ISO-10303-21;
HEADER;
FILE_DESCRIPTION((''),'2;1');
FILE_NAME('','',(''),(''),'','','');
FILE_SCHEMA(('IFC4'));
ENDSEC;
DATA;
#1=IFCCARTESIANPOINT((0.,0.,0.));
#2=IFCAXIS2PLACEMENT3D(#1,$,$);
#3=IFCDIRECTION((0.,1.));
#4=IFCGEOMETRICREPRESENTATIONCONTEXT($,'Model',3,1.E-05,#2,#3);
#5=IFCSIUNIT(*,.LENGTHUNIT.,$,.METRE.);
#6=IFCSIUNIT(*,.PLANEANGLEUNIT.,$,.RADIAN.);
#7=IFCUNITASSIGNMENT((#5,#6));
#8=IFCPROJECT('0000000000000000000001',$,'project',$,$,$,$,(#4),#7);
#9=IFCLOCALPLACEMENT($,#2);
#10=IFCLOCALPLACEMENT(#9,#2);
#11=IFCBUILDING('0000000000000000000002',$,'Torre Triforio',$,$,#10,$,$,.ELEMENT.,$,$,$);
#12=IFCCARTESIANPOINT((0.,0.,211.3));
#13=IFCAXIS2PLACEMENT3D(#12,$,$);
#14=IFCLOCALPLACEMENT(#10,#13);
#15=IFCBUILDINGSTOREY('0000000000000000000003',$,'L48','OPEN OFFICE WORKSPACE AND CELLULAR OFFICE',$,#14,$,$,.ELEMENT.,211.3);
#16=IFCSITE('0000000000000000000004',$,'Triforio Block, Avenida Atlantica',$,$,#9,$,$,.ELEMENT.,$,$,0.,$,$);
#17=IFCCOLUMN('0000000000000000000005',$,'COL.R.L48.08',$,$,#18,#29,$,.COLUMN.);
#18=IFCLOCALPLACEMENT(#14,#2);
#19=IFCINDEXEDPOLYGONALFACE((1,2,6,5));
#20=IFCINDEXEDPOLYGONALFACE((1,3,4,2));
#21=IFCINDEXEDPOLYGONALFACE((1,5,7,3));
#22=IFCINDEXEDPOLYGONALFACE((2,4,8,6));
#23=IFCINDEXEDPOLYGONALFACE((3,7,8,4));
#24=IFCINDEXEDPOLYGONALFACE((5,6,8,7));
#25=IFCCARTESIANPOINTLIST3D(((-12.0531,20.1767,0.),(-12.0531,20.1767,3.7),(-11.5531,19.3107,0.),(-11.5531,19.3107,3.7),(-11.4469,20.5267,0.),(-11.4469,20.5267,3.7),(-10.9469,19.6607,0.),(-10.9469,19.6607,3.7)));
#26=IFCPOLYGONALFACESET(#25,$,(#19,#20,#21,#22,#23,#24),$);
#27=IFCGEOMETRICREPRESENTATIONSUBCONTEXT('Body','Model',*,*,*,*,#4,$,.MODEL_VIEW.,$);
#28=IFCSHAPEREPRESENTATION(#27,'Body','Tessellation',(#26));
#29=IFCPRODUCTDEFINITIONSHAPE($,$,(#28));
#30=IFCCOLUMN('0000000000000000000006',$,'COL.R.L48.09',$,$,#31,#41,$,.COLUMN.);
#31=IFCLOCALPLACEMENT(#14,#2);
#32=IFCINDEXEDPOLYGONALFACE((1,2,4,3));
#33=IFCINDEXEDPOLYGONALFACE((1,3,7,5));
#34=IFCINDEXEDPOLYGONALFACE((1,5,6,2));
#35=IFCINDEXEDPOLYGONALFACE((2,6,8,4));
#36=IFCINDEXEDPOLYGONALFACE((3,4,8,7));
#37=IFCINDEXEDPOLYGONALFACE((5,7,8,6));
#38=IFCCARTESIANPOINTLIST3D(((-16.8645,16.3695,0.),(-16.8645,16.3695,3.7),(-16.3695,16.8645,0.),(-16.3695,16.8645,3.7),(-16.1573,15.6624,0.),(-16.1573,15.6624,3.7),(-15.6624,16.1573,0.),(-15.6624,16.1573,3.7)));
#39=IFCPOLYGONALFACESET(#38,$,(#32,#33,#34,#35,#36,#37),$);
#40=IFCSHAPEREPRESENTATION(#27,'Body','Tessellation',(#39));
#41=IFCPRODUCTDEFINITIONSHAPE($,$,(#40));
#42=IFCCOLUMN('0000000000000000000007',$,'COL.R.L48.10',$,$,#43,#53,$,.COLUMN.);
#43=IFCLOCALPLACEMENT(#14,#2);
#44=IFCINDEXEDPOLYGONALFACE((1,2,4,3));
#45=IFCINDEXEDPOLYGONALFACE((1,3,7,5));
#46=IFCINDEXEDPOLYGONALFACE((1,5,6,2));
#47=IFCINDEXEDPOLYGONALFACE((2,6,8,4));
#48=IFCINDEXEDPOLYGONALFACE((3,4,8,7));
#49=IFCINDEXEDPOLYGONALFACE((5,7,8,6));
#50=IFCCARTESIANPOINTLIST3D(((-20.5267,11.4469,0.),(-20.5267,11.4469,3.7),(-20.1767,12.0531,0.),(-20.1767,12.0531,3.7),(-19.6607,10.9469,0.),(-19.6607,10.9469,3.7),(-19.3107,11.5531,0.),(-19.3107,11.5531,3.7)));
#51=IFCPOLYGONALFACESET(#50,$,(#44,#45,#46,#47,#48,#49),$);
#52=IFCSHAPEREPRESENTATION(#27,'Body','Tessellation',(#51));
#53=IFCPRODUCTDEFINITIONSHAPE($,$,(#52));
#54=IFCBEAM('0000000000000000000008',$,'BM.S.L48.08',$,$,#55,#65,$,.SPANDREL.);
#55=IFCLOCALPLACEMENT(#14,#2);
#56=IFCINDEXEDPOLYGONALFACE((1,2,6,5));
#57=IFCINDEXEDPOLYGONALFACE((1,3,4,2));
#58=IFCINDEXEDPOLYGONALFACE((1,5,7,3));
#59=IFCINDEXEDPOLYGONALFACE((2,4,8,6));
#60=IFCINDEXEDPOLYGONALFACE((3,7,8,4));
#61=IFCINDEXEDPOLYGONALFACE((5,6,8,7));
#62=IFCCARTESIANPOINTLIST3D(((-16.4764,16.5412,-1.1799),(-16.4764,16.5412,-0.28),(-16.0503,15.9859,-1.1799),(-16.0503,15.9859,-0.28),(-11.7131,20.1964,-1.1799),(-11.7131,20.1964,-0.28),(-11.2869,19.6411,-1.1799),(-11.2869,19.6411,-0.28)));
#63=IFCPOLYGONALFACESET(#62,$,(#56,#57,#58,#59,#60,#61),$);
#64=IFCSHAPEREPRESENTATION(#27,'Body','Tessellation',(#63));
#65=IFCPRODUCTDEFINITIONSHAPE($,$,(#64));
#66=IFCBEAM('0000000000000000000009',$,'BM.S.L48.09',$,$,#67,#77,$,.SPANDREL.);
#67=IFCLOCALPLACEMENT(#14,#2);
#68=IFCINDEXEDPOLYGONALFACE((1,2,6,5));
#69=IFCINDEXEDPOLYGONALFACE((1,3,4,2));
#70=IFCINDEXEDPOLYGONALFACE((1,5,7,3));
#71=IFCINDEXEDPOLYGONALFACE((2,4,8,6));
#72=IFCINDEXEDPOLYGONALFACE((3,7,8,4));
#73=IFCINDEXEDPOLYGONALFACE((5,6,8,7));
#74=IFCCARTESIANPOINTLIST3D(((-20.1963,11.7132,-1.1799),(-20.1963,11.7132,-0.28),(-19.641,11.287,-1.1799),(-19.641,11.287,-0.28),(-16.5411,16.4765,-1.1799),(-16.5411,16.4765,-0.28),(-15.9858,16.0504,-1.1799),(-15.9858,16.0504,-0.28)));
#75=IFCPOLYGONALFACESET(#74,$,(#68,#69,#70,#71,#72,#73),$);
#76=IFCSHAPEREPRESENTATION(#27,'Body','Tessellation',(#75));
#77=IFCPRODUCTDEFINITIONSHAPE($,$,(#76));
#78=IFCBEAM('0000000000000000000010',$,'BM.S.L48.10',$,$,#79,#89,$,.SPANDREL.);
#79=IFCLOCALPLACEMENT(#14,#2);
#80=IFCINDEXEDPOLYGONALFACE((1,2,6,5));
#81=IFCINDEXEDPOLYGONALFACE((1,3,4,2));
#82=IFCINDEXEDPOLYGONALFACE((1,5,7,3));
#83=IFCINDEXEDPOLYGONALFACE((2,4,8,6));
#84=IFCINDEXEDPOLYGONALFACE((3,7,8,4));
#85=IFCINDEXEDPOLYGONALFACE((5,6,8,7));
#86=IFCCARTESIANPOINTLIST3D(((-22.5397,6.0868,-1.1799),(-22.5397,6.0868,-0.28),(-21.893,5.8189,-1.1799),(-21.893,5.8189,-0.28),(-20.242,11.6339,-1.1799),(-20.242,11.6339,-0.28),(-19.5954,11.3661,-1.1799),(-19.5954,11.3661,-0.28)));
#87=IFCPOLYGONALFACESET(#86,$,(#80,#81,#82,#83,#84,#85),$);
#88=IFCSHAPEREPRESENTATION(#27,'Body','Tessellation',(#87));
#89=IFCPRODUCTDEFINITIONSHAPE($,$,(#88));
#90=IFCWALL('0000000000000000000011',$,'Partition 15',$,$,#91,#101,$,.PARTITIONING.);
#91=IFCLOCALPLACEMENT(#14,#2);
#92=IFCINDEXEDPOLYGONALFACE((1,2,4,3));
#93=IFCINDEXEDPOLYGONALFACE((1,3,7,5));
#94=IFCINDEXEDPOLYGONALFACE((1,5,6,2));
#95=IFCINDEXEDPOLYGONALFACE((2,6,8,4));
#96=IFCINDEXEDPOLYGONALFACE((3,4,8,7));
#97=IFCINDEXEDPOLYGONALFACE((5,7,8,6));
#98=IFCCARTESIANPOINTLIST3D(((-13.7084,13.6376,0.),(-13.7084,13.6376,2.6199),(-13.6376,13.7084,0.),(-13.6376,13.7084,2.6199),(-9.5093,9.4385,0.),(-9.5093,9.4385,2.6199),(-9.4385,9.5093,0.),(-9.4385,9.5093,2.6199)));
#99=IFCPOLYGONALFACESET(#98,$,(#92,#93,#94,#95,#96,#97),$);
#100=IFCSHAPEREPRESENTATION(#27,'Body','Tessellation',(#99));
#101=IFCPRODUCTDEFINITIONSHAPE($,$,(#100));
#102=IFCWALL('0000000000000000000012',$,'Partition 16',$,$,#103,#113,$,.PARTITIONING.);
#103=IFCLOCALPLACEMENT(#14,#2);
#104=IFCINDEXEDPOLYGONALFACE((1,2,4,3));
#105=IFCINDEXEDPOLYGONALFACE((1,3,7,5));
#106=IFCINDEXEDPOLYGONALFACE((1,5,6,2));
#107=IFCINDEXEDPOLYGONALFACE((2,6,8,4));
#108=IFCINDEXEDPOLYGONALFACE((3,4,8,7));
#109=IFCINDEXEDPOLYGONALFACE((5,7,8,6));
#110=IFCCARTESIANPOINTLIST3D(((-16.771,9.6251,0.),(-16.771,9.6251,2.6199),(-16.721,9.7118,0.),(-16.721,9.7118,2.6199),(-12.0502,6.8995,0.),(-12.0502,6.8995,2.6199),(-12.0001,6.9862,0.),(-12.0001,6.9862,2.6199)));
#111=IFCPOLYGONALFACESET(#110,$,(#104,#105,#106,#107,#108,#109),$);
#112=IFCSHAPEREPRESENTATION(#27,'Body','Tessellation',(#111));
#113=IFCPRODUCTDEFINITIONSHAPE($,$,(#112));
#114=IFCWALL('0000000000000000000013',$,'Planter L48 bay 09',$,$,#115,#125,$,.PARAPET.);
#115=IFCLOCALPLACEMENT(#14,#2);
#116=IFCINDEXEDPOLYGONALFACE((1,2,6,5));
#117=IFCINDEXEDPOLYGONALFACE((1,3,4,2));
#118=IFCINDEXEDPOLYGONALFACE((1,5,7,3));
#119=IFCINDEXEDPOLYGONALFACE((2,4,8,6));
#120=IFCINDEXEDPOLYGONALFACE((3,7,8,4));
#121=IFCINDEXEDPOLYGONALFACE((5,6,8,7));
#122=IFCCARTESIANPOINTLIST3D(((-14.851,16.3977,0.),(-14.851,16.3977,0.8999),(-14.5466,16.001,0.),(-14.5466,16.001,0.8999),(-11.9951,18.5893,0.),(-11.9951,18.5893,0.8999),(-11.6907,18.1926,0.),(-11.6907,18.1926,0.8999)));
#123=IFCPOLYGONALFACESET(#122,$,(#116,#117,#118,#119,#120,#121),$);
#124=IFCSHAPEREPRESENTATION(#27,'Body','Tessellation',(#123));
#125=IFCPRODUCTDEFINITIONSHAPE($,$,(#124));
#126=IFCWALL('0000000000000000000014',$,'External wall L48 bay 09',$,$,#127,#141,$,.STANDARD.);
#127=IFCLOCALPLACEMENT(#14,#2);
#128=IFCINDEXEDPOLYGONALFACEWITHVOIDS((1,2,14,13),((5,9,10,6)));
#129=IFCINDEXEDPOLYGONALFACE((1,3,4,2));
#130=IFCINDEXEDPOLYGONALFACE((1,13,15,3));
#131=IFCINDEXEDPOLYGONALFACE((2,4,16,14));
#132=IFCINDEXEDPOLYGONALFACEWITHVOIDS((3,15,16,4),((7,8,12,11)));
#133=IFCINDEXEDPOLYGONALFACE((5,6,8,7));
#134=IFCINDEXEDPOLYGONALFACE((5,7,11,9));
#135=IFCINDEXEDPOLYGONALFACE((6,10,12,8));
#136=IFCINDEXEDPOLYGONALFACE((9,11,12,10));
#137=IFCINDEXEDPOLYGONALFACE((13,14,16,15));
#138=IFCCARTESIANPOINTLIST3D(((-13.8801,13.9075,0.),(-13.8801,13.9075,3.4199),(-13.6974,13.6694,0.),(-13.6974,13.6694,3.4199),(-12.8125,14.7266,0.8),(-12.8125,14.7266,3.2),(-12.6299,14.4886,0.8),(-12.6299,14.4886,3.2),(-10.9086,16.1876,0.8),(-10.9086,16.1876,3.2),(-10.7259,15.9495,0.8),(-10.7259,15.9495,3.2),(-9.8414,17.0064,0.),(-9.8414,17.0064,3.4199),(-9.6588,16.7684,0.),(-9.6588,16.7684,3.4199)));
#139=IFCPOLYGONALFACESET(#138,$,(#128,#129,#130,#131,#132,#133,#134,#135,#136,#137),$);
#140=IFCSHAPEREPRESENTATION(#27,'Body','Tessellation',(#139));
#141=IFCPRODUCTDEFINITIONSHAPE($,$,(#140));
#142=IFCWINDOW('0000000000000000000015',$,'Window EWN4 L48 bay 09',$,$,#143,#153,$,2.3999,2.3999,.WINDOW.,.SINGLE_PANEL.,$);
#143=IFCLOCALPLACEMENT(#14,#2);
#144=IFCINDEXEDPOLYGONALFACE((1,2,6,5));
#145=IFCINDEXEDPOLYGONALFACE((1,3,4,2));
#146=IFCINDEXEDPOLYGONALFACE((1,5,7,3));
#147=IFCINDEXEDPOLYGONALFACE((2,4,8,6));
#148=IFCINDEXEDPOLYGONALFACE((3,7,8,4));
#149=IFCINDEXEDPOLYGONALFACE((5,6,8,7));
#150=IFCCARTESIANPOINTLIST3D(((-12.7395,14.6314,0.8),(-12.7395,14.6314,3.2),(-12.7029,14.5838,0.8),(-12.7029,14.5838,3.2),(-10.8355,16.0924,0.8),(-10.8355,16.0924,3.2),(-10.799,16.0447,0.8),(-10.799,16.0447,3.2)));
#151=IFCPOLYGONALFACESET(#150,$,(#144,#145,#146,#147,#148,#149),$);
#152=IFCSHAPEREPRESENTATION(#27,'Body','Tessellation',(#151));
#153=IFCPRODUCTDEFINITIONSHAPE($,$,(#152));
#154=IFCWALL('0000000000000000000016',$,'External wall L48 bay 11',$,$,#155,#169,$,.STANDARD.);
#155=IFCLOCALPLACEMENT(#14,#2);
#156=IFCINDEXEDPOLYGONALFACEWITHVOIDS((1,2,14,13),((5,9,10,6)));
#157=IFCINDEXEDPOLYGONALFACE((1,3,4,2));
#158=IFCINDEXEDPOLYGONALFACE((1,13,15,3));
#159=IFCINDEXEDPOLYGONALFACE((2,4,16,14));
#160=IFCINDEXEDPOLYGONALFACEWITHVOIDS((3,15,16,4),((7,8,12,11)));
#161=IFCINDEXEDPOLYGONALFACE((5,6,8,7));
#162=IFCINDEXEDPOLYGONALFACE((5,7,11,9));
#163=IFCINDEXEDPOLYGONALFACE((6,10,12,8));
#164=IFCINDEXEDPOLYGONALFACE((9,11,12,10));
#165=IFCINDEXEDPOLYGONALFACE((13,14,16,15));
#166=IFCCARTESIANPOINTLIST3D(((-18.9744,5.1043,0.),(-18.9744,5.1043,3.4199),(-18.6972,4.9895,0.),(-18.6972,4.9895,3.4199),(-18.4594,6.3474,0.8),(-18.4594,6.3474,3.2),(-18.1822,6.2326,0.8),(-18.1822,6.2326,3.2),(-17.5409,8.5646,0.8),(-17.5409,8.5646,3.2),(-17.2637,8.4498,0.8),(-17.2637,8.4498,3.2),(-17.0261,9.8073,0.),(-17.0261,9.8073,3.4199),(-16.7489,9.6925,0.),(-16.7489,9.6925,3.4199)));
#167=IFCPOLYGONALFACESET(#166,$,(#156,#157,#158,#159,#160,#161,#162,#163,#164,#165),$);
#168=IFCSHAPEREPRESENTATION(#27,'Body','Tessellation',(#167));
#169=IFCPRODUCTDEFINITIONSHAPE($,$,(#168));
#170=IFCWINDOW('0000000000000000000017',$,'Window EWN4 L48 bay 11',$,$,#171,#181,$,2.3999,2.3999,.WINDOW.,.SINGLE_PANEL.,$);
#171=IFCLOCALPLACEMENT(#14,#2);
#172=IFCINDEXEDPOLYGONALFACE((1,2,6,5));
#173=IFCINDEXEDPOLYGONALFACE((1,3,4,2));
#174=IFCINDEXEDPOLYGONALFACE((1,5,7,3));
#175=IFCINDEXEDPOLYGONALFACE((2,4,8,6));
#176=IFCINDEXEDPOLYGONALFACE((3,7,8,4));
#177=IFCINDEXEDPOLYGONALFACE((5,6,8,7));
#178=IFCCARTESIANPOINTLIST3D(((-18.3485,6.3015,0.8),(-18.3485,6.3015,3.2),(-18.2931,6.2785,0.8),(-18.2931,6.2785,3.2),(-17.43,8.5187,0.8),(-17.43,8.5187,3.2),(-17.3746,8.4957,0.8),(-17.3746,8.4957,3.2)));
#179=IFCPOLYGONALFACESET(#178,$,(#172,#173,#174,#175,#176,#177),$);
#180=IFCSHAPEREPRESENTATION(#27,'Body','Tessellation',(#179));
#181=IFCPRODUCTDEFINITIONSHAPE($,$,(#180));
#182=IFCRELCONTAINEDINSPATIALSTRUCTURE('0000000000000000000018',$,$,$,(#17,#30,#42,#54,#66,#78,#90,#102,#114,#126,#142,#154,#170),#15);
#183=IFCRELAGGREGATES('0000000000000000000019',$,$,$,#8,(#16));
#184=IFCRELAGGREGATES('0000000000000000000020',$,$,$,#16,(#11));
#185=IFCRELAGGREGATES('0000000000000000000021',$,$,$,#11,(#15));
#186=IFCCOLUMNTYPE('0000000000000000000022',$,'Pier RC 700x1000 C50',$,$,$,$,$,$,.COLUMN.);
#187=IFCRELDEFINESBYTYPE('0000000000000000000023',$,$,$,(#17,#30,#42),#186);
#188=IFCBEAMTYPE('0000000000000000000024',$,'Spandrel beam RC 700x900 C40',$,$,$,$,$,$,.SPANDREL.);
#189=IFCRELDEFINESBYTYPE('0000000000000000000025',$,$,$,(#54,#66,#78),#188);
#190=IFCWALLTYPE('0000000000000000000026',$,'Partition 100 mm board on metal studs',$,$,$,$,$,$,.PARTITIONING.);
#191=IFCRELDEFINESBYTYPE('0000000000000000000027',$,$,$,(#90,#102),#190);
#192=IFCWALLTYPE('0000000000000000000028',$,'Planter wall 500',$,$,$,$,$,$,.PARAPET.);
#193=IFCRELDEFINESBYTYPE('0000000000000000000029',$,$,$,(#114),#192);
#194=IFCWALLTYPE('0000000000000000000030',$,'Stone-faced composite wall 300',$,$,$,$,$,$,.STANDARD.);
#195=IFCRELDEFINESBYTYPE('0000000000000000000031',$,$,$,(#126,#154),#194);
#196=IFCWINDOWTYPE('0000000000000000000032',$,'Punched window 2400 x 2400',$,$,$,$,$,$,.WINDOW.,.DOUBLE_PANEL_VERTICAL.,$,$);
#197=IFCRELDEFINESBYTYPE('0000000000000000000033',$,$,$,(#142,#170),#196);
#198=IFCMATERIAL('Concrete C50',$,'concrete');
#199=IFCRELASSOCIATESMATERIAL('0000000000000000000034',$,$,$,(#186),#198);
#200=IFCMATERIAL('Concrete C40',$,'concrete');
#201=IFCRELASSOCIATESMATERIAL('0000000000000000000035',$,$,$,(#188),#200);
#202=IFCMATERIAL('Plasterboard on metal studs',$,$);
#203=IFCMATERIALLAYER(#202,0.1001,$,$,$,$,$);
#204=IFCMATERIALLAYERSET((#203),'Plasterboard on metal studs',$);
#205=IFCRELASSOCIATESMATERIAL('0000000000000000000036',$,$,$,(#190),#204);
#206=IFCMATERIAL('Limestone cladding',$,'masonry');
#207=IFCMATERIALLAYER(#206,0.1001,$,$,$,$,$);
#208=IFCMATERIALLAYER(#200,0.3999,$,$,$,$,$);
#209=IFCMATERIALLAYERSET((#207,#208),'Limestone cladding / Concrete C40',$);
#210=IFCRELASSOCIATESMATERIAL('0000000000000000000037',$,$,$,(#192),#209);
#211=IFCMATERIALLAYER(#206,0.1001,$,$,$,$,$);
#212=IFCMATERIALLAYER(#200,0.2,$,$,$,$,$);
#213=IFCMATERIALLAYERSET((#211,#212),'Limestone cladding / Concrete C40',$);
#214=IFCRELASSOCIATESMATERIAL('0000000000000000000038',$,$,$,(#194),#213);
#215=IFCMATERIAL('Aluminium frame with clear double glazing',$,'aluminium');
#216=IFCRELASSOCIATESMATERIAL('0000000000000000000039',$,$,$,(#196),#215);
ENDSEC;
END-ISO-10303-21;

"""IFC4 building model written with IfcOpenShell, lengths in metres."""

from ifc_helpers import new_model, si_unit, direction, frame, frame_2d, origin, origin_2d, place, context, subcontext, project, spatial, rectangle, extrude, material, layer, layer_set, material_profile, profile_set, type_object, element, fill, save


model = new_model("IFC4")

# Units and contexts
model_context = context("Model", 3, precision=1e-05, world=origin(), true_north=direction((0.0, 1.0)))
body_context = subcontext(model_context, "Body", "Model", "MODEL_VIEW")
ifc_project = project(units=[si_unit("LENGTHUNIT", "METRE"), si_unit("PLANEANGLEUNIT", "RADIAN")], contexts=[model_context])

# Site, building, storey
site_placement = place(None, origin())
site = spatial("IfcSite", under=ifc_project, at=site_placement, Name="Triforio Block, Avenida Atlantica", CompositionType="ELEMENT", RefElevation=0.0)
building_placement = place(site_placement, origin())
building = spatial("IfcBuilding", under=site, at=building_placement, Name="Torre Triforio", CompositionType="ELEMENT")
storey_placement = place(building_placement, frame((0.0, 0.0, 211.3)))
storey = spatial("IfcBuildingStorey", under=building, at=storey_placement, Name="L48", Description="OPEN OFFICE WORKSPACE AND CELLULAR OFFICE", CompositionType="ELEMENT", Elevation=211.3)

# Columns
ifc_material_1 = material(Name="Concrete C50", Category="concrete")
ifc_material_profile_1 = material_profile(ifc_material_1, rectangle(XDim=0.7, YDim=1.0, at=origin_2d()), Name="RC 700x1000")
ifc_profile_set_1 = profile_set([ifc_material_profile_1], Name="Concrete C50")
column_type = type_object("IfcColumnType", Name="Pier RC 700x1000 C50", PredefinedType="COLUMN", material=ifc_profile_set_1)
for number, where, z_axis, x_axis, name in (
    (1, (-11.5, 19.9187, 0.0), (0.0, 0.0, 1.0), (-0.866025, -0.5, 0.0), "COL.R.L48.08"),
    (2, (-16.2634, 16.2634, 0.0), (0.0, 0.0, 1.0), (-0.707107, -0.707107, 0.0), "COL.R.L48.09"),
    (3, (-19.9187, 11.5, 0.0), (0.0, 0.0, 1.0), (-0.5, -0.866025, 0.0), "COL.R.L48.10"),
):
    element("IfcColumn", number, at=place(storey_placement, frame(where, z_axis=z_axis, x_axis=x_axis)), inside=storey, type_object=column_type, Name=name, PredefinedType="COLUMN", context=body_context, shape_type="SweptSolid", body=[
        extrude(rectangle(XDim=0.7, YDim=1.0, at=origin_2d()), origin(), (0.0, 0.0, 1.0), 3.7),
    ])

# Beams
ifc_material_2 = material(Name="Concrete C40", Category="concrete")
ifc_material_profile_2 = material_profile(ifc_material_2, rectangle(XDim=0.7, YDim=0.8999, at=origin_2d()), Name="RC 700x900")
ifc_profile_set_2 = profile_set([ifc_material_profile_2], Name="Concrete C40")
beam_type = type_object("IfcBeamType", Name="Spandrel beam RC 700x900 C40", PredefinedType="SPANDREL", material=ifc_profile_set_2)
for number, where, z_axis, x_axis, name in (
    (4, (-11.5, 19.9187, -0.73), (-0.79334, -0.608779, 0.0), (0.608779, -0.79334, 0.0), "BM.S.L48.08"),
    (5, (-16.2634, 16.2634, -0.73), (-0.608779, -0.79334, 0.0), (0.79334, -0.608779, 0.0), "BM.S.L48.09"),
    (6, (-19.9187, 11.5, -0.73), (-0.382671, -0.923885, 0.0), (0.923885, -0.382671, 0.0), "BM.S.L48.10"),
):
    element("IfcBeam", number, at=place(storey_placement, frame(where, z_axis=z_axis, x_axis=x_axis)), inside=storey, type_object=beam_type, Name=name, PredefinedType="SPANDREL", context=body_context, shape_type="SweptSolid", body=[
        extrude(rectangle(XDim=0.7, YDim=0.8999, at=origin_2d()), origin(), (0.0, 0.0, 1.0), 6.0042),
    ])

# Walls
ifc_material_3 = material(Name="Plasterboard on metal studs")
ifc_layer_1 = layer(ifc_material_3, 0.1001)
ifc_layer_set_1 = layer_set([ifc_layer_1], Name="Plasterboard on metal studs")
wall_type_1 = type_object("IfcWallType", Name="Partition 100 mm board on metal studs", PredefinedType="PARTITIONING", material=ifc_layer_set_1)
wall_1_placement = place(storey_placement, frame((-9.4739, 9.4739, 0.0), z_axis=(0.0, 0.0, 1.0), x_axis=(-0.707107, 0.707107, 0.0)))
element("IfcWall", 7, at=wall_1_placement, inside=storey, type_object=wall_type_1, Name="Partition 15", PredefinedType="PARTITIONING", context=body_context, shape_type="SweptSolid", body=[
    extrude(rectangle(XDim=5.9385, YDim=0.1001, at=frame_2d((2.9692, 0.0))), origin(), (0.0, 0.0, 1.0), 2.6199),
])
wall_2_placement = place(storey_placement, frame((-12.0251, 6.9429, 0.0), z_axis=(0.0, 0.0, 1.0), x_axis=(-0.86603, 0.499993, 0.0)))
element("IfcWall", 8, at=wall_2_placement, inside=storey, type_object=wall_type_1, Name="Partition 16", PredefinedType="PARTITIONING", context=body_context, shape_type="SweptSolid", body=[
    extrude(rectangle(XDim=5.4512, YDim=0.1001, at=frame_2d((2.7256, 0.0))), origin(), (0.0, 0.0, 1.0), 2.6199),
])
ifc_material_4 = material(Name="Limestone cladding", Category="masonry")
ifc_layer_2 = layer(ifc_material_4, 0.1001)
ifc_layer_3 = layer(ifc_material_2, 0.3999)
ifc_layer_set_2 = layer_set([ifc_layer_2, ifc_layer_3], Name="Limestone cladding / Concrete C40")
wall_type_2 = type_object("IfcWallType", Name="Planter wall 500", PredefinedType="PARAPET", material=ifc_layer_set_2)
wall_3_placement = place(storey_placement, frame((-11.843, 18.3909, 0.0), z_axis=(0.0, 0.0, 1.0), x_axis=(-0.793327, -0.608796, 0.0)))
element("IfcWall", 9, at=wall_3_placement, inside=storey, type_object=wall_type_2, Name="Planter L48 bay 09", PredefinedType="PARAPET", context=body_context, shape_type="SweptSolid", body=[
    extrude(rectangle(XDim=3.5999, YDim=0.5, at=frame_2d((1.7998, 0.0))), origin(), (0.0, 0.0, 1.0), 0.8999),
])

# Wall, opening, window
ifc_layer_4 = layer(ifc_material_4, 0.1001)
ifc_layer_5 = layer(ifc_material_2, 0.2)
ifc_layer_set_3 = layer_set([ifc_layer_4, ifc_layer_5], Name="Limestone cladding / Concrete C40")
wall_type_3 = type_object("IfcWallType", Name="Stone-faced composite wall 300", PredefinedType="STANDARD", material=ifc_layer_set_3)
wall_4_placement = place(storey_placement, frame((-9.75, 16.8875, 0.0), z_axis=(0.0, 0.0, 1.0), x_axis=(-0.793356, -0.608758, 0.0)))
wall_4 = element("IfcWall", 10, at=wall_4_placement, inside=storey, type_object=wall_type_3, Name="External wall L48 bay 09", PredefinedType="STANDARD", context=body_context, shape_type="SweptSolid", body=[
    extrude(rectangle(XDim=5.0906, YDim=0.3, at=frame_2d((2.5454, 0.0))), origin(), (0.0, 0.0, 1.0), 3.4199),
])
opening_1_placement = place(wall_4_placement, frame((1.3452, 0.0, 0.8)))
opening_1 = element("IfcOpeningElement", 11, at=opening_1_placement, cuts=wall_4, PredefinedType="OPENING", context=body_context, shape_type="SweptSolid", body=[
    extrude(rectangle(XDim=2.3999, YDim=2.3999, at=frame_2d((1.2, 1.2))), frame((0.0, 0.1599, 0.0), z_axis=(0.0, -1.0, 0.0), x_axis=(1.0, 0.0, 0.0)), (0.0, 0.0, 1.0), 0.3201),
])
ifc_material_5 = material(Name="Aluminium frame with clear double glazing", Category="aluminium")
window_type_1 = type_object("IfcWindowType", Name="Punched window 2400 x 2400", PartitioningType="DOUBLE_PANEL_VERTICAL", PredefinedType="WINDOW", material=ifc_material_5)
window_1_placement = place(opening_1_placement, origin())
window_1 = element("IfcWindow", 12, at=window_1_placement, inside=storey, type_object=window_type_1, Name="Window EWN4 L48 bay 09", OverallHeight=2.3999, OverallWidth=2.3999, PartitioningType="SINGLE_PANEL", PredefinedType="WINDOW", context=body_context, shape_type="SweptSolid", body=[
    extrude(rectangle(XDim=2.3999, YDim=2.3999, at=frame_2d((1.2, 1.2))), frame((0.0, 0.03, 0.0), z_axis=(0.0, -1.0, 0.0), x_axis=(1.0, 0.0, 0.0)), (0.0, 0.0, 1.0), 0.0601),
])
fill(opening_1, window_1)

# Wall, opening, window
wall_5_placement = place(storey_placement, frame((-16.8875, 9.75, 0.0), z_axis=(0.0, 0.0, 1.0), x_axis=(-0.382725, -0.923863, 0.0)))
wall_5 = element("IfcWall", 13, at=wall_5_placement, inside=storey, type_object=wall_type_3, Name="External wall L48 bay 11", PredefinedType="STANDARD", context=body_context, shape_type="SweptSolid", body=[
    extrude(rectangle(XDim=5.0906, YDim=0.3, at=frame_2d((2.5454, 0.0))), origin(), (0.0, 0.0, 1.0), 3.4199),
])
opening_2_placement = place(wall_5_placement, frame((1.3452, 0.0, 0.8)))
opening_2 = element("IfcOpeningElement", 14, at=opening_2_placement, cuts=wall_5, PredefinedType="OPENING", context=body_context, shape_type="SweptSolid", body=[
    extrude(rectangle(XDim=2.3999, YDim=2.3999, at=frame_2d((1.2, 1.2))), frame((0.0, 0.1599, 0.0), z_axis=(0.0, -1.0, 0.0), x_axis=(1.0, 0.0, 0.0)), (0.0, 0.0, 1.0), 0.3201),
])
window_2_placement = place(opening_2_placement, origin())
window_2 = element("IfcWindow", 15, at=window_2_placement, inside=storey, type_object=window_type_1, Name="Window EWN4 L48 bay 11", OverallHeight=2.3999, OverallWidth=2.3999, PartitioningType="SINGLE_PANEL", PredefinedType="WINDOW", context=body_context, shape_type="SweptSolid", body=[
    extrude(rectangle(XDim=2.3999, YDim=2.3999, at=frame_2d((1.2, 1.2))), frame((0.0, 0.03, 0.0), z_axis=(0.0, -1.0, 0.0), x_axis=(1.0, 0.0, 0.0)), (0.0, 0.0, 1.0), 0.0601),
])
fill(opening_2, window_2)

save(model, "model.ifc")
